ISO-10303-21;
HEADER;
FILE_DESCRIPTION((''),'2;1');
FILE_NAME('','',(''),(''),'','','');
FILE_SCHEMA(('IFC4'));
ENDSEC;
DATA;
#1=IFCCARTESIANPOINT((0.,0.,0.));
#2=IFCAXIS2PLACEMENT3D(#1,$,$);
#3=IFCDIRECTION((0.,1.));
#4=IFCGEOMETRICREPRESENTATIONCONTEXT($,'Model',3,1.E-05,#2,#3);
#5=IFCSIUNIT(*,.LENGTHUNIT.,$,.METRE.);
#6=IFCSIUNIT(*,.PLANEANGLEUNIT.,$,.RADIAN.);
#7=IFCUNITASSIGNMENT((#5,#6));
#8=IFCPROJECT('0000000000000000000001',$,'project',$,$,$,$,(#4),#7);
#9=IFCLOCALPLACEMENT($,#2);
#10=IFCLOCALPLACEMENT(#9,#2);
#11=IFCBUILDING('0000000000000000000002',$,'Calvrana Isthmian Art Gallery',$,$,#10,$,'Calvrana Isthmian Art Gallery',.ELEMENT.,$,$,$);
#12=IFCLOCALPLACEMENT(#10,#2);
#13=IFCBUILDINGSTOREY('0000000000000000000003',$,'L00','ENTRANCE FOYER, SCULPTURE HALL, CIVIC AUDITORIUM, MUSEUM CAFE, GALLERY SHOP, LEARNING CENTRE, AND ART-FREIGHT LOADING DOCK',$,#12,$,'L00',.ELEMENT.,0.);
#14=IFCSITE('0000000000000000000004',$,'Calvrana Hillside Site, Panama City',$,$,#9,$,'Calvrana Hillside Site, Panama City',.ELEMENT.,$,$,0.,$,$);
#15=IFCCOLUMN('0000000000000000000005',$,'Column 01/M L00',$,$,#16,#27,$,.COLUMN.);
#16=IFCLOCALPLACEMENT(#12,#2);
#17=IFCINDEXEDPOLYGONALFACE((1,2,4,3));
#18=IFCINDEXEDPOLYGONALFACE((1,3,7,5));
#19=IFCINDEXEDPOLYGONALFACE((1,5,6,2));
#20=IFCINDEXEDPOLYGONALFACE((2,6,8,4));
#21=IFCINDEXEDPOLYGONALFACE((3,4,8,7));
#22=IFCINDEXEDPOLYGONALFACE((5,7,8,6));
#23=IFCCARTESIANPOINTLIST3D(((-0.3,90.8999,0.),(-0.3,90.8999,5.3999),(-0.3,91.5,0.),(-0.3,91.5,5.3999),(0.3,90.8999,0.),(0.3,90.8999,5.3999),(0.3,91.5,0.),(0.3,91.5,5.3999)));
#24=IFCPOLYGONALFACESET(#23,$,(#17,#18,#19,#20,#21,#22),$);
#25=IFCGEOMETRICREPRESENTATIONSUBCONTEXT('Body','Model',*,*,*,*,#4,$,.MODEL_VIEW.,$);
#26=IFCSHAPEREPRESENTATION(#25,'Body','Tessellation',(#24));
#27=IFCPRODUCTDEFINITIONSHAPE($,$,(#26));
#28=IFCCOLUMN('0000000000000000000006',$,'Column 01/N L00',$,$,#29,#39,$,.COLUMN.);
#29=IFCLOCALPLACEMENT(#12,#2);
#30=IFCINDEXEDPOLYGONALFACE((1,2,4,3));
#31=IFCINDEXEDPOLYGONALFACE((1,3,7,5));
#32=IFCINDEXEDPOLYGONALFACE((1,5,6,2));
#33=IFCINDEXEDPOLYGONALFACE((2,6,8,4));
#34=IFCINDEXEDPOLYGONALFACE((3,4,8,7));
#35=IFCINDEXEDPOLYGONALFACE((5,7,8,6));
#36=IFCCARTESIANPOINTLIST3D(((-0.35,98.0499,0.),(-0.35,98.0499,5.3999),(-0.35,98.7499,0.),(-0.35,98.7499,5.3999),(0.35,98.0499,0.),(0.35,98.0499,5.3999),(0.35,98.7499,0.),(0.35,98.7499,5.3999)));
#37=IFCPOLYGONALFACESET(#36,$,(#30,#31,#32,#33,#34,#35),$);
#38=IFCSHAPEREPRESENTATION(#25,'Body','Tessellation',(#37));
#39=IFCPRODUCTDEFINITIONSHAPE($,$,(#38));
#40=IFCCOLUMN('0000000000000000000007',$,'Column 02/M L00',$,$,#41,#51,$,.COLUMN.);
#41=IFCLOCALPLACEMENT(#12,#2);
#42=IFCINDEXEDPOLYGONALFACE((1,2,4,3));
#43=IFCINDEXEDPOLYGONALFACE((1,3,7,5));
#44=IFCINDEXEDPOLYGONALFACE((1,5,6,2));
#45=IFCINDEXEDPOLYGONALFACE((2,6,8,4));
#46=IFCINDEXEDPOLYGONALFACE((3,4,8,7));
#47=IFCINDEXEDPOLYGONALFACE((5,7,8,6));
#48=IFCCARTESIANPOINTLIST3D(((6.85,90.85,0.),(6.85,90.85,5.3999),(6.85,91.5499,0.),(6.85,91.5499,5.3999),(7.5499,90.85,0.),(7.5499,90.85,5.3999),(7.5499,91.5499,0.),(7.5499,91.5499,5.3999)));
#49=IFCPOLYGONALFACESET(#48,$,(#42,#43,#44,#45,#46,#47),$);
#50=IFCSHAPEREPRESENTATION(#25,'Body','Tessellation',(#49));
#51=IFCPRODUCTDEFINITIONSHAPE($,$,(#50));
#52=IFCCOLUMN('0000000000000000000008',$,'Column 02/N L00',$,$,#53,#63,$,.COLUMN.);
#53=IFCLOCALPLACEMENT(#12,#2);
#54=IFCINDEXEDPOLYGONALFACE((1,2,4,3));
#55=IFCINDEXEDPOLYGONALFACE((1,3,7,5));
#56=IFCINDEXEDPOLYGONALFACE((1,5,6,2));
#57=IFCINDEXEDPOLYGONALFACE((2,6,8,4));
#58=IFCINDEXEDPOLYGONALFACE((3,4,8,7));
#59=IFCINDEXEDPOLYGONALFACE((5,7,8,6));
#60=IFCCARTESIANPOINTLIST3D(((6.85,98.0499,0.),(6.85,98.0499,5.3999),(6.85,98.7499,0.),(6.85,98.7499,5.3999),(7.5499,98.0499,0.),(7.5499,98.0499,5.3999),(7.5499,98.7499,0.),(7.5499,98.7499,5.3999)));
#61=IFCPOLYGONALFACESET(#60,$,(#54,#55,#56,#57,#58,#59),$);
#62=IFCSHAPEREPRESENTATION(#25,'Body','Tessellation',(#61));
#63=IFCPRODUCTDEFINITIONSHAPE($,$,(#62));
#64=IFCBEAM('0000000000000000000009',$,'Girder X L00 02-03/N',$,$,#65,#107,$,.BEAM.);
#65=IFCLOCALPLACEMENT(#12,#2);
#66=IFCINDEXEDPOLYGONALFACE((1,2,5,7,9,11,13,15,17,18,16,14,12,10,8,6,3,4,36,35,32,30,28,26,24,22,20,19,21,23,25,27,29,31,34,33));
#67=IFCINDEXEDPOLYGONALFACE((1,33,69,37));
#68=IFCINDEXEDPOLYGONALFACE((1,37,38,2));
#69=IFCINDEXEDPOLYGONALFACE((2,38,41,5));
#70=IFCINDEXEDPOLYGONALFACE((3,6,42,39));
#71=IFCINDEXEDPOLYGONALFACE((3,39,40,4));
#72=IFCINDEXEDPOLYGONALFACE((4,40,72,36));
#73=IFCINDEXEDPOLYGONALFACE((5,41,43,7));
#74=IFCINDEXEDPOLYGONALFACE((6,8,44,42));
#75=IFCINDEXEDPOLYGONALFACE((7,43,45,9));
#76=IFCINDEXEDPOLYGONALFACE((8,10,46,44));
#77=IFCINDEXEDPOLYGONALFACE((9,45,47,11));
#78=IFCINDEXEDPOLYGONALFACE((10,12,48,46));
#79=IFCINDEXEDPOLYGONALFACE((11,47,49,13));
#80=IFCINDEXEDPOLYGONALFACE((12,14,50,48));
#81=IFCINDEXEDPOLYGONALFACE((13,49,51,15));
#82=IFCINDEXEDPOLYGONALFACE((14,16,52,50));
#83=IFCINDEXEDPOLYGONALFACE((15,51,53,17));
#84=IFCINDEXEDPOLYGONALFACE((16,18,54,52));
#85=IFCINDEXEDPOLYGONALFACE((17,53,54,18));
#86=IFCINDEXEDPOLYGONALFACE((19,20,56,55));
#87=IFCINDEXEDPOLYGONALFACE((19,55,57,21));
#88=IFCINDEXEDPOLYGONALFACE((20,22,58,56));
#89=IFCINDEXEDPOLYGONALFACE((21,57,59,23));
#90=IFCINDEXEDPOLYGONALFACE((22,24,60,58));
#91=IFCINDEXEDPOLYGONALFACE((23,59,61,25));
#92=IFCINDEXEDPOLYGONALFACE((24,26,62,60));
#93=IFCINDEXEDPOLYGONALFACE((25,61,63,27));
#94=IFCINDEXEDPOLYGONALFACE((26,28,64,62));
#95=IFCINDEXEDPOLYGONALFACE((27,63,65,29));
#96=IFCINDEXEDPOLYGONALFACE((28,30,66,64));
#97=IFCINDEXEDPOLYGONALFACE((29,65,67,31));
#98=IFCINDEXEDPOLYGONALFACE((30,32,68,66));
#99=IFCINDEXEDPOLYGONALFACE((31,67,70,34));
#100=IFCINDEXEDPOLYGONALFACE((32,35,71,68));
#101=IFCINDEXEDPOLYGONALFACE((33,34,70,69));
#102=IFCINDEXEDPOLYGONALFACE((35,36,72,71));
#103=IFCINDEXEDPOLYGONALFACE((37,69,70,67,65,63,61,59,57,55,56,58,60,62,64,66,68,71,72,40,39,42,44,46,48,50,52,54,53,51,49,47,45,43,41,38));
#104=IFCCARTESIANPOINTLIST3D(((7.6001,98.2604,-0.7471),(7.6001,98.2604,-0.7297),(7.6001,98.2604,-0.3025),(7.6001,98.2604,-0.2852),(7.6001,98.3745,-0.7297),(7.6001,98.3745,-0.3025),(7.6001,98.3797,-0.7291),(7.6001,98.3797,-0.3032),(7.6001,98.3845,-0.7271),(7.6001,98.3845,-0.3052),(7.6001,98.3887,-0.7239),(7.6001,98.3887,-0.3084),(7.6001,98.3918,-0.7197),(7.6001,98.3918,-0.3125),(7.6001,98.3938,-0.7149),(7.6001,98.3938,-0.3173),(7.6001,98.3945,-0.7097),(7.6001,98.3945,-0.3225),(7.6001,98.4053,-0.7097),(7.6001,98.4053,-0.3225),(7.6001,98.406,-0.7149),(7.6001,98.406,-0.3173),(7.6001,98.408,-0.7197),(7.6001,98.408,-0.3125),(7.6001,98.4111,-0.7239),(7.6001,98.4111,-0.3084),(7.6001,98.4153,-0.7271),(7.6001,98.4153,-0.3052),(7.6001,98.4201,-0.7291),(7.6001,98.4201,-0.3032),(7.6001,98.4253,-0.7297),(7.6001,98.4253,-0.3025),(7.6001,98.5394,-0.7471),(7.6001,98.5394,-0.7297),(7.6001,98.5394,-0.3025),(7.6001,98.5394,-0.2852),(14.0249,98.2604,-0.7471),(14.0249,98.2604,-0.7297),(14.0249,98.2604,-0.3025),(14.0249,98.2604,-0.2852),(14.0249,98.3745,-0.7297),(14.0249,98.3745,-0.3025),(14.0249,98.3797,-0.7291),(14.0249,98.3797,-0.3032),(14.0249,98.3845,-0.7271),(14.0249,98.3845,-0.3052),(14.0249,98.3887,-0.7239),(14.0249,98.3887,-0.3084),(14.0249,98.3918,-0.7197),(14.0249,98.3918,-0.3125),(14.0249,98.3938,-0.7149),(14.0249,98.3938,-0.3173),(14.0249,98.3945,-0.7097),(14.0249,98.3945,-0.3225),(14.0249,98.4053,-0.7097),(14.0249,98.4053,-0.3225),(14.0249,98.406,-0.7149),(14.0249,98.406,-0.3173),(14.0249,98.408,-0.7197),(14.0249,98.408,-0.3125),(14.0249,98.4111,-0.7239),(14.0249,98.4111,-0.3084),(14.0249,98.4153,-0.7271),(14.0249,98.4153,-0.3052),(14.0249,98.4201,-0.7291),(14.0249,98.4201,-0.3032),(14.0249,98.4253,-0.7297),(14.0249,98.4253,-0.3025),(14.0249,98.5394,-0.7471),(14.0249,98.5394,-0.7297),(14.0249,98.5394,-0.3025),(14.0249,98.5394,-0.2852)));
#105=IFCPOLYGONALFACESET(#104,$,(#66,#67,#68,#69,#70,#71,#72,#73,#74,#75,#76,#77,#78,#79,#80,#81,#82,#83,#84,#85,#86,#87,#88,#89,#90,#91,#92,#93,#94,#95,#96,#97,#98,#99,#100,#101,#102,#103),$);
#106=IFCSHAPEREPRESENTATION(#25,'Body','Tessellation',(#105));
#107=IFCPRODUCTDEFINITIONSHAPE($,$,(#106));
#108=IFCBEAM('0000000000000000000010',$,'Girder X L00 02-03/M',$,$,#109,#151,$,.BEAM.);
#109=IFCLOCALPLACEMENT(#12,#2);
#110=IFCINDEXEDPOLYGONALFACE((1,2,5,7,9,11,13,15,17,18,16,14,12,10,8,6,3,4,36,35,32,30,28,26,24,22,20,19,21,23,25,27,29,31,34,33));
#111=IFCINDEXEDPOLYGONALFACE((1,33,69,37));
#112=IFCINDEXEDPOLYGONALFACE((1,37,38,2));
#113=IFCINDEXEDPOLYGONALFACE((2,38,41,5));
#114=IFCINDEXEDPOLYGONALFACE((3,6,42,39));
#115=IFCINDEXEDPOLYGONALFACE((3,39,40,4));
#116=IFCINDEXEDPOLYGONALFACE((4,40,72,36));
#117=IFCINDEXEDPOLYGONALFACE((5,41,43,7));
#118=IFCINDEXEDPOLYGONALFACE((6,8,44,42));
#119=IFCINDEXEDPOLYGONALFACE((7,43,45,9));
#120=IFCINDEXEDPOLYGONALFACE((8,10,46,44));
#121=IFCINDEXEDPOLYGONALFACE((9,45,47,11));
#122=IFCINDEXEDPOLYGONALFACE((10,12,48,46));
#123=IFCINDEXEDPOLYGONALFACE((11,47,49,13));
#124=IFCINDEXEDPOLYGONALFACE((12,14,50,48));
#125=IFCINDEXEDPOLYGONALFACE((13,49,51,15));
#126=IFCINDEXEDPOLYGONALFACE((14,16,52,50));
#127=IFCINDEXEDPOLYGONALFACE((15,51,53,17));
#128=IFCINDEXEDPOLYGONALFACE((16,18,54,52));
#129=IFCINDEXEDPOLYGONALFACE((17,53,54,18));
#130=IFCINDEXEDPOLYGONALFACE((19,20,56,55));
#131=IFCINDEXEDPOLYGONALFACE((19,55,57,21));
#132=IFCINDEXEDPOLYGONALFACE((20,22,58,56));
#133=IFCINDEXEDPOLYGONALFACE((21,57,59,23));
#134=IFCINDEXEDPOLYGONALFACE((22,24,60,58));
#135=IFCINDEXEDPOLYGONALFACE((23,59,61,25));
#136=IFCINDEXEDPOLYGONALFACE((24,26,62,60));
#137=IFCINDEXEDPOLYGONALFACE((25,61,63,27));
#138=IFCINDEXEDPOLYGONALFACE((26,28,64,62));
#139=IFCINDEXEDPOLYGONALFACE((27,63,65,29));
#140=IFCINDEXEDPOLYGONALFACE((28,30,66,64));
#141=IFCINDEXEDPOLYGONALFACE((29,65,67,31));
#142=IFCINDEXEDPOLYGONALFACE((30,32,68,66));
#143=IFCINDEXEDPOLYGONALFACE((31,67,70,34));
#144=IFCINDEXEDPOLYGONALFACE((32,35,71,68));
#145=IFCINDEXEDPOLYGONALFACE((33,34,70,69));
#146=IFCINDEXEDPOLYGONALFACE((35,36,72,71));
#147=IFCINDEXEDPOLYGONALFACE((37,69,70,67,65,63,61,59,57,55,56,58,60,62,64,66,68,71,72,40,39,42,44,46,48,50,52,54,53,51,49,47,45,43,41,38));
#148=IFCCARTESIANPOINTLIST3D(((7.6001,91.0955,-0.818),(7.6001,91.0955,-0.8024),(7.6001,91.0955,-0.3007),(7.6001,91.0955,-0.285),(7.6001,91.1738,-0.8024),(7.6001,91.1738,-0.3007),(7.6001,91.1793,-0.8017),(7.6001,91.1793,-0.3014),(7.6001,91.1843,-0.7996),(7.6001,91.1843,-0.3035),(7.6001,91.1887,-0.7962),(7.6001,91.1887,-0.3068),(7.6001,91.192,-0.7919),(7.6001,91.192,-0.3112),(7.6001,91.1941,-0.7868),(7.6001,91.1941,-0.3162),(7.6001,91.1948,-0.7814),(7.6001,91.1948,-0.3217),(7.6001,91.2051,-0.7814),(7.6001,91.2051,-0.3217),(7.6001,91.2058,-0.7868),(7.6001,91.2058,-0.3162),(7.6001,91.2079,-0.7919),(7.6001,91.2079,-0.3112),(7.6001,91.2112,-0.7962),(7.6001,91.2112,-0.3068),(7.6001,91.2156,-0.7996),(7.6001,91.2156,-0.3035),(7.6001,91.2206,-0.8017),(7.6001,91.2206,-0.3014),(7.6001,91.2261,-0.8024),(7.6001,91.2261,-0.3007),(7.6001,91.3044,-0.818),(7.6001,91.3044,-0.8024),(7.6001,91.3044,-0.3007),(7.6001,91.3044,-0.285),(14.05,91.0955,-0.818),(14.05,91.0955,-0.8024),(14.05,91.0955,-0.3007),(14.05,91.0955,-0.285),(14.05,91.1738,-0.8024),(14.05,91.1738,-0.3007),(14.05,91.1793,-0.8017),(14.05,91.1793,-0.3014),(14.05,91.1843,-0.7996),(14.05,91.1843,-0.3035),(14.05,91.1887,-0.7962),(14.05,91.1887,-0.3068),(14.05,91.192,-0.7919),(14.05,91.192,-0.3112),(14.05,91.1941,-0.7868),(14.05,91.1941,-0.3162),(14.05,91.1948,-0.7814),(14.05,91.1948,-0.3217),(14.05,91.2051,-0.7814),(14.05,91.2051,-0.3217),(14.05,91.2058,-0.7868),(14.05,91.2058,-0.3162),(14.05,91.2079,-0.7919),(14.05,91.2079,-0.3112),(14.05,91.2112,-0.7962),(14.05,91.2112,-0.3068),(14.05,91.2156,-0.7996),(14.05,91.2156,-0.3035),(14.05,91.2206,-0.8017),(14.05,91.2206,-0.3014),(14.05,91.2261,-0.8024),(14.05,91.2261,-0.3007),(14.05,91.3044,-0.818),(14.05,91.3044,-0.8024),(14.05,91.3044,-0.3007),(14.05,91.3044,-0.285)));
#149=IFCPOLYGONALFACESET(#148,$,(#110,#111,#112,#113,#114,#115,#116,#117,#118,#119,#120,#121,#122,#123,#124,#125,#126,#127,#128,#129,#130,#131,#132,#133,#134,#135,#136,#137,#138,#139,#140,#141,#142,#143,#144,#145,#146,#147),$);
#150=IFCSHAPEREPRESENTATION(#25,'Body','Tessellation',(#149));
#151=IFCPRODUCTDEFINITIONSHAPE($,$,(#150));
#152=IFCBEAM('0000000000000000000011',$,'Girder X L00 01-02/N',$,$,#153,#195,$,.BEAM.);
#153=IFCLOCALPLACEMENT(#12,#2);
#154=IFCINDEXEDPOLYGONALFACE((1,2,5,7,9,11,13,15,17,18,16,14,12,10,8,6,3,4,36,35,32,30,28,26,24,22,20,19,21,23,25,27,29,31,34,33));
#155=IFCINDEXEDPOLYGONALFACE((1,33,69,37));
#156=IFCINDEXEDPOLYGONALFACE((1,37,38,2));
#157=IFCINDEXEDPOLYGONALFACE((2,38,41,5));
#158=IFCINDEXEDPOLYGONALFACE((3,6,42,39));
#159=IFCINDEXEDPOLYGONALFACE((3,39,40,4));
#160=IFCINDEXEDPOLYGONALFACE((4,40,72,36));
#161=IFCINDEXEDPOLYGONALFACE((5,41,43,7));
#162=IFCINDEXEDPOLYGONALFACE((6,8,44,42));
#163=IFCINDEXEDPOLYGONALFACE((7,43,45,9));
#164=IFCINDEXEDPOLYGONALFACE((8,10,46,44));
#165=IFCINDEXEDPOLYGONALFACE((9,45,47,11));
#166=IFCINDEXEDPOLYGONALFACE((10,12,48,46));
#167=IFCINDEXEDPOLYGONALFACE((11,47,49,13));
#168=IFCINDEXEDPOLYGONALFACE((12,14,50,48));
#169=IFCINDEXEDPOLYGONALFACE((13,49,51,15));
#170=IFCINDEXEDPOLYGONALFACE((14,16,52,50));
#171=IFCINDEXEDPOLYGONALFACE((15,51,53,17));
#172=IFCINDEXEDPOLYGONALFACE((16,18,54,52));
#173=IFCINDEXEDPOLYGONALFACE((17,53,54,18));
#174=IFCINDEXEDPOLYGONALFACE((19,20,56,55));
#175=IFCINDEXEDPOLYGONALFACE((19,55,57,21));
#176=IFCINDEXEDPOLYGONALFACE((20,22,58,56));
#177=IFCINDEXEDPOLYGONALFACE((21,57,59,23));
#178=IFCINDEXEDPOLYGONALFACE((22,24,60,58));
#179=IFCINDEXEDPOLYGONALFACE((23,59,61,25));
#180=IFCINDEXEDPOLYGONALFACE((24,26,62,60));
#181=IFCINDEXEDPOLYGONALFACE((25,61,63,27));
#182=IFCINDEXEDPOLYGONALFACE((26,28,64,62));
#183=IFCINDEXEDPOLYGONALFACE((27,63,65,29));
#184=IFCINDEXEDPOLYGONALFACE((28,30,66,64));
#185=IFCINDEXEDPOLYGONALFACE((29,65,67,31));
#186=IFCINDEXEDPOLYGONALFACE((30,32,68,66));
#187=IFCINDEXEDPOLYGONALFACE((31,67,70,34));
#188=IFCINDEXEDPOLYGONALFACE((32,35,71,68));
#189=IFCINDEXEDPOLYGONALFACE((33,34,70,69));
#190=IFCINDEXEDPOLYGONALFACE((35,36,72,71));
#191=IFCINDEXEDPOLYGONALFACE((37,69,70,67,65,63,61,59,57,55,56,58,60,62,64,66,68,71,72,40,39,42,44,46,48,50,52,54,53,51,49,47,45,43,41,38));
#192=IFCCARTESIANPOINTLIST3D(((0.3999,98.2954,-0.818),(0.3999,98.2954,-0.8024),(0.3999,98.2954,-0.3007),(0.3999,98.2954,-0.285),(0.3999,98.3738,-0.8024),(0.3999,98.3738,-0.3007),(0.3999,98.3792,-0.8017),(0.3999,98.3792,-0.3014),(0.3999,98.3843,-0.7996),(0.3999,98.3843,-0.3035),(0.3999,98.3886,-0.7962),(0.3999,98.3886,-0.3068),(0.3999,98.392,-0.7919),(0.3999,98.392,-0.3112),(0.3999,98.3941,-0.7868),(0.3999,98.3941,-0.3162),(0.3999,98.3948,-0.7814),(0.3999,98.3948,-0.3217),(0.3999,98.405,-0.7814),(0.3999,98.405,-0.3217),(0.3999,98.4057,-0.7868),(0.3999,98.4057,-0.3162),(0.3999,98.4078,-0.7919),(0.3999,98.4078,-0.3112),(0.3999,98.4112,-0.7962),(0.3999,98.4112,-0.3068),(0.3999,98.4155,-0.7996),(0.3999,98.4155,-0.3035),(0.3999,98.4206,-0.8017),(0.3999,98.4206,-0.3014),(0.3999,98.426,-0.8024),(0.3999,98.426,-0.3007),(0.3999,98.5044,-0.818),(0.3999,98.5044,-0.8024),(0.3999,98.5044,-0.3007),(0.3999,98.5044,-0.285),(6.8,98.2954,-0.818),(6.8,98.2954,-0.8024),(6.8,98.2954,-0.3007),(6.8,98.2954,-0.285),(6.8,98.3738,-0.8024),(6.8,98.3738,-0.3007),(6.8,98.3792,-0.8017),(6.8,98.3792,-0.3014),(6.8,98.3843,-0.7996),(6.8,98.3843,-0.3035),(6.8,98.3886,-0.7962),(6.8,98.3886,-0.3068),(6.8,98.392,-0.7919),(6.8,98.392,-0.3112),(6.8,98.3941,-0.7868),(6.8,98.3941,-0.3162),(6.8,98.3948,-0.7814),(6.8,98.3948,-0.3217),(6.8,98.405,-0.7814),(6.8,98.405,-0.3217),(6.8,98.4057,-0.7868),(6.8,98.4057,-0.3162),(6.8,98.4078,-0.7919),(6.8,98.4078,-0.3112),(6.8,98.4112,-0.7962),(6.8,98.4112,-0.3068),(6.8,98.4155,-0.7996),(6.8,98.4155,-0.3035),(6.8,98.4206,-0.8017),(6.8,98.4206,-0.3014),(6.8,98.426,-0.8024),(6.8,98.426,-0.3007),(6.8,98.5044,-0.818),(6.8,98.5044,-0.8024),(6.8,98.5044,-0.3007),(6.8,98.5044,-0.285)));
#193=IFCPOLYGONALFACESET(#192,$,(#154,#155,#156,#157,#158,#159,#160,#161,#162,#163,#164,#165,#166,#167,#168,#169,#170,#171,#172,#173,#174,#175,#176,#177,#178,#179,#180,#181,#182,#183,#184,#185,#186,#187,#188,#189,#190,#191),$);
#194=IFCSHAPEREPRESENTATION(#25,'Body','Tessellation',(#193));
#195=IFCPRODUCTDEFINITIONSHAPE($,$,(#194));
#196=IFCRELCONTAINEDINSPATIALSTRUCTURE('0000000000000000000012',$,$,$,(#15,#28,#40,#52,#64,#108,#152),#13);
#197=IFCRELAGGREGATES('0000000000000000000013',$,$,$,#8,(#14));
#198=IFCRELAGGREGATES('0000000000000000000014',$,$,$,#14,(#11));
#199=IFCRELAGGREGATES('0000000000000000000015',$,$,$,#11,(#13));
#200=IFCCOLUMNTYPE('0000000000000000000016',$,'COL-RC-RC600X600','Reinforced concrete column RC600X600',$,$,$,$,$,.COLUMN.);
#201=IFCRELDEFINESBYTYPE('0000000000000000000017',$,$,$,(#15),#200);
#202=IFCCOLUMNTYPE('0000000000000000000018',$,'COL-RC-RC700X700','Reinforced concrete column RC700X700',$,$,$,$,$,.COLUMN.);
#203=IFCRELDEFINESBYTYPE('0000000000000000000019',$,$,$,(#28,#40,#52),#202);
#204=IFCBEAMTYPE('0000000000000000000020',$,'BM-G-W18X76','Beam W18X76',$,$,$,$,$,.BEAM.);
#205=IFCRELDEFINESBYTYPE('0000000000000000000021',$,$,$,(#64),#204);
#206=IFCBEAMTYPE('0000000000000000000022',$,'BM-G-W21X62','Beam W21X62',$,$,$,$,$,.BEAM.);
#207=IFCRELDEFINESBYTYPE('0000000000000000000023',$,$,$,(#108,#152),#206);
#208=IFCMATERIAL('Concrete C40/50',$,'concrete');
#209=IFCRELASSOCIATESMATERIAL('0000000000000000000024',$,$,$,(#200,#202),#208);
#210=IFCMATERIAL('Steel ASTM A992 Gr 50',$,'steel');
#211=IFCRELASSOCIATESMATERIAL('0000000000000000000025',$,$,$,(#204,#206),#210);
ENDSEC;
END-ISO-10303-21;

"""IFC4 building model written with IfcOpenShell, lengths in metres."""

from ifc_helpers import new_model, si_unit, direction, frame, origin, origin_2d, place, context, subcontext, project, spatial, rectangle, i_section, extrude, material, material_profile, profile_set, type_object, element, save


model = new_model("IFC4")

# Units and contexts
model_context = context("Model", 3, precision=1e-05, world=origin(), true_north=direction((0.0, 1.0)))
body_context = subcontext(model_context, "Body", "Model", "MODEL_VIEW")
ifc_project = project(units=[si_unit("LENGTHUNIT", "METRE"), si_unit("PLANEANGLEUNIT", "RADIAN")], contexts=[model_context])

# Site, building, storey
site_placement = place(None, origin())
site = spatial("IfcSite", under=ifc_project, at=site_placement, Name="Calvrana Hillside Site, Panama City", LongName="Calvrana Hillside Site, Panama City", CompositionType="ELEMENT", RefElevation=0.0)
building_placement = place(site_placement, origin())
building = spatial("IfcBuilding", under=site, at=building_placement, Name="Calvrana Isthmian Art Gallery", LongName="Calvrana Isthmian Art Gallery", CompositionType="ELEMENT")
storey_placement = place(building_placement, origin())
storey = spatial("IfcBuildingStorey", under=building, at=storey_placement, Name="L00", Description="ENTRANCE FOYER, SCULPTURE HALL, CIVIC AUDITORIUM, MUSEUM CAFE, GALLERY SHOP, LEARNING CENTRE, AND ART-FREIGHT LOADING DOCK", LongName="L00", CompositionType="ELEMENT", Elevation=0.0)

# Columns
ifc_material_1 = material(Name="Concrete C40/50", Category="concrete")
ifc_material_profile_1 = material_profile(ifc_material_1, rectangle(XDim=0.6001, YDim=0.6001, at=origin_2d()), Name="RC600X600")
ifc_profile_set_1 = profile_set([ifc_material_profile_1], Name="Concrete C40/50")
column_type_1 = type_object("IfcColumnType", Name="COL-RC-RC600X600", Description="Reinforced concrete column RC600X600", PredefinedType="COLUMN", material=ifc_profile_set_1)
column_placement = place(storey_placement, frame((0.0, 91.2, 0.0), z_axis=(0.0, 0.0, 1.0), x_axis=(1.0, 0.0, 0.0)))
element("IfcColumn", 1, at=column_placement, inside=storey, type_object=column_type_1, Name="Column 01/M L00", PredefinedType="COLUMN", context=body_context, shape_type="SweptSolid", body=[
    extrude(rectangle(XDim=0.6001, YDim=0.6001, at=origin_2d()), origin(), (0.0, 0.0, 1.0), 5.3999),
])
ifc_material_profile_2 = material_profile(ifc_material_1, rectangle(XDim=0.7, YDim=0.7, at=origin_2d()), Name="RC700X700")
ifc_profile_set_2 = profile_set([ifc_material_profile_2], Name="Concrete C40/50")
column_type_2 = type_object("IfcColumnType", Name="COL-RC-RC700X700", Description="Reinforced concrete column RC700X700", PredefinedType="COLUMN", material=ifc_profile_set_2)
for number, where, z_axis, x_axis, name in (
    (2, (0.0, 98.3999, 0.0), (0.0, 0.0, 1.0), (1.0, 0.0, 0.0), "Column 01/N L00"),
    (3, (7.2, 91.2, 0.0), (0.0, 0.0, 1.0), (1.0, 0.0, 0.0), "Column 02/M L00"),
    (4, (7.2, 98.3999, 0.0), (0.0, 0.0, 1.0), (1.0, 0.0, 0.0), "Column 02/N L00"),
):
    element("IfcColumn", number, at=place(storey_placement, frame(where, z_axis=z_axis, x_axis=x_axis)), inside=storey, type_object=column_type_2, Name=name, PredefinedType="COLUMN", context=body_context, shape_type="SweptSolid", body=[
        extrude(rectangle(XDim=0.7, YDim=0.7, at=origin_2d()), origin(), (0.0, 0.0, 1.0), 5.3999),
    ])

# Beams
ifc_material_2 = material(Name="Steel ASTM A992 Gr 50", Category="steel")
ifc_material_profile_3 = material_profile(ifc_material_2, i_section(OverallWidth=0.2791, OverallDepth=0.4619, WebThickness=0.0107, FlangeThickness=0.0173, FilletRadius=0.02, at=origin_2d()), Name="W18X76")
ifc_profile_set_3 = profile_set([ifc_material_profile_3], Name="Steel ASTM A992 Gr 50")
beam_type_1 = type_object("IfcBeamType", Name="BM-G-W18X76", Description="Beam W18X76", PredefinedType="BEAM", material=ifc_profile_set_3)
beam_1_placement = place(storey_placement, frame((7.6001, 98.3999, -0.5161), z_axis=(1.0, 0.0, 0.0), x_axis=(0.0, 1.0, 0.0)))
element("IfcBeam", 5, at=beam_1_placement, inside=storey, type_object=beam_type_1, Name="Girder X L00 02-03/N", PredefinedType="BEAM", context=body_context, shape_type="SweptSolid", body=[
    extrude(i_section(OverallWidth=0.2791, OverallDepth=0.4619, WebThickness=0.0107, FlangeThickness=0.0173, FilletRadius=0.02, at=origin_2d()), origin(), (0.0, 0.0, 1.0), 6.4248),
])
ifc_material_profile_4 = material_profile(ifc_material_2, i_section(OverallWidth=0.209, OverallDepth=0.533, WebThickness=0.0103, FlangeThickness=0.0156, FilletRadius=0.021, at=origin_2d()), Name="W21X62")
ifc_profile_set_4 = profile_set([ifc_material_profile_4], Name="Steel ASTM A992 Gr 50")
beam_type_2 = type_object("IfcBeamType", Name="BM-G-W21X62", Description="Beam W21X62", PredefinedType="BEAM", material=ifc_profile_set_4)
beam_2_placement = place(storey_placement, frame((7.6001, 91.2, -0.5515), z_axis=(1.0, 0.0, 0.0), x_axis=(0.0, 1.0, 0.0)))
element("IfcBeam", 6, at=beam_2_placement, inside=storey, type_object=beam_type_2, Name="Girder X L00 02-03/M", PredefinedType="BEAM", context=body_context, shape_type="SweptSolid", body=[
    extrude(i_section(OverallWidth=0.209, OverallDepth=0.533, WebThickness=0.0103, FlangeThickness=0.0156, FilletRadius=0.021, at=origin_2d()), origin(), (0.0, 0.0, 1.0), 6.45),
])
beam_3_placement = place(storey_placement, frame((0.3999, 98.3999, -0.5515), z_axis=(1.0, 0.0, 0.0), x_axis=(0.0, 1.0, 0.0)))
element("IfcBeam", 7, at=beam_3_placement, inside=storey, type_object=beam_type_2, Name="Girder X L00 01-02/N", PredefinedType="BEAM", context=body_context, shape_type="SweptSolid", body=[
    extrude(i_section(OverallWidth=0.209, OverallDepth=0.533, WebThickness=0.0103, FlangeThickness=0.0156, FilletRadius=0.021, at=origin_2d()), origin(), (0.0, 0.0, 1.0), 6.4001),
])

save(model, "model.ifc")
